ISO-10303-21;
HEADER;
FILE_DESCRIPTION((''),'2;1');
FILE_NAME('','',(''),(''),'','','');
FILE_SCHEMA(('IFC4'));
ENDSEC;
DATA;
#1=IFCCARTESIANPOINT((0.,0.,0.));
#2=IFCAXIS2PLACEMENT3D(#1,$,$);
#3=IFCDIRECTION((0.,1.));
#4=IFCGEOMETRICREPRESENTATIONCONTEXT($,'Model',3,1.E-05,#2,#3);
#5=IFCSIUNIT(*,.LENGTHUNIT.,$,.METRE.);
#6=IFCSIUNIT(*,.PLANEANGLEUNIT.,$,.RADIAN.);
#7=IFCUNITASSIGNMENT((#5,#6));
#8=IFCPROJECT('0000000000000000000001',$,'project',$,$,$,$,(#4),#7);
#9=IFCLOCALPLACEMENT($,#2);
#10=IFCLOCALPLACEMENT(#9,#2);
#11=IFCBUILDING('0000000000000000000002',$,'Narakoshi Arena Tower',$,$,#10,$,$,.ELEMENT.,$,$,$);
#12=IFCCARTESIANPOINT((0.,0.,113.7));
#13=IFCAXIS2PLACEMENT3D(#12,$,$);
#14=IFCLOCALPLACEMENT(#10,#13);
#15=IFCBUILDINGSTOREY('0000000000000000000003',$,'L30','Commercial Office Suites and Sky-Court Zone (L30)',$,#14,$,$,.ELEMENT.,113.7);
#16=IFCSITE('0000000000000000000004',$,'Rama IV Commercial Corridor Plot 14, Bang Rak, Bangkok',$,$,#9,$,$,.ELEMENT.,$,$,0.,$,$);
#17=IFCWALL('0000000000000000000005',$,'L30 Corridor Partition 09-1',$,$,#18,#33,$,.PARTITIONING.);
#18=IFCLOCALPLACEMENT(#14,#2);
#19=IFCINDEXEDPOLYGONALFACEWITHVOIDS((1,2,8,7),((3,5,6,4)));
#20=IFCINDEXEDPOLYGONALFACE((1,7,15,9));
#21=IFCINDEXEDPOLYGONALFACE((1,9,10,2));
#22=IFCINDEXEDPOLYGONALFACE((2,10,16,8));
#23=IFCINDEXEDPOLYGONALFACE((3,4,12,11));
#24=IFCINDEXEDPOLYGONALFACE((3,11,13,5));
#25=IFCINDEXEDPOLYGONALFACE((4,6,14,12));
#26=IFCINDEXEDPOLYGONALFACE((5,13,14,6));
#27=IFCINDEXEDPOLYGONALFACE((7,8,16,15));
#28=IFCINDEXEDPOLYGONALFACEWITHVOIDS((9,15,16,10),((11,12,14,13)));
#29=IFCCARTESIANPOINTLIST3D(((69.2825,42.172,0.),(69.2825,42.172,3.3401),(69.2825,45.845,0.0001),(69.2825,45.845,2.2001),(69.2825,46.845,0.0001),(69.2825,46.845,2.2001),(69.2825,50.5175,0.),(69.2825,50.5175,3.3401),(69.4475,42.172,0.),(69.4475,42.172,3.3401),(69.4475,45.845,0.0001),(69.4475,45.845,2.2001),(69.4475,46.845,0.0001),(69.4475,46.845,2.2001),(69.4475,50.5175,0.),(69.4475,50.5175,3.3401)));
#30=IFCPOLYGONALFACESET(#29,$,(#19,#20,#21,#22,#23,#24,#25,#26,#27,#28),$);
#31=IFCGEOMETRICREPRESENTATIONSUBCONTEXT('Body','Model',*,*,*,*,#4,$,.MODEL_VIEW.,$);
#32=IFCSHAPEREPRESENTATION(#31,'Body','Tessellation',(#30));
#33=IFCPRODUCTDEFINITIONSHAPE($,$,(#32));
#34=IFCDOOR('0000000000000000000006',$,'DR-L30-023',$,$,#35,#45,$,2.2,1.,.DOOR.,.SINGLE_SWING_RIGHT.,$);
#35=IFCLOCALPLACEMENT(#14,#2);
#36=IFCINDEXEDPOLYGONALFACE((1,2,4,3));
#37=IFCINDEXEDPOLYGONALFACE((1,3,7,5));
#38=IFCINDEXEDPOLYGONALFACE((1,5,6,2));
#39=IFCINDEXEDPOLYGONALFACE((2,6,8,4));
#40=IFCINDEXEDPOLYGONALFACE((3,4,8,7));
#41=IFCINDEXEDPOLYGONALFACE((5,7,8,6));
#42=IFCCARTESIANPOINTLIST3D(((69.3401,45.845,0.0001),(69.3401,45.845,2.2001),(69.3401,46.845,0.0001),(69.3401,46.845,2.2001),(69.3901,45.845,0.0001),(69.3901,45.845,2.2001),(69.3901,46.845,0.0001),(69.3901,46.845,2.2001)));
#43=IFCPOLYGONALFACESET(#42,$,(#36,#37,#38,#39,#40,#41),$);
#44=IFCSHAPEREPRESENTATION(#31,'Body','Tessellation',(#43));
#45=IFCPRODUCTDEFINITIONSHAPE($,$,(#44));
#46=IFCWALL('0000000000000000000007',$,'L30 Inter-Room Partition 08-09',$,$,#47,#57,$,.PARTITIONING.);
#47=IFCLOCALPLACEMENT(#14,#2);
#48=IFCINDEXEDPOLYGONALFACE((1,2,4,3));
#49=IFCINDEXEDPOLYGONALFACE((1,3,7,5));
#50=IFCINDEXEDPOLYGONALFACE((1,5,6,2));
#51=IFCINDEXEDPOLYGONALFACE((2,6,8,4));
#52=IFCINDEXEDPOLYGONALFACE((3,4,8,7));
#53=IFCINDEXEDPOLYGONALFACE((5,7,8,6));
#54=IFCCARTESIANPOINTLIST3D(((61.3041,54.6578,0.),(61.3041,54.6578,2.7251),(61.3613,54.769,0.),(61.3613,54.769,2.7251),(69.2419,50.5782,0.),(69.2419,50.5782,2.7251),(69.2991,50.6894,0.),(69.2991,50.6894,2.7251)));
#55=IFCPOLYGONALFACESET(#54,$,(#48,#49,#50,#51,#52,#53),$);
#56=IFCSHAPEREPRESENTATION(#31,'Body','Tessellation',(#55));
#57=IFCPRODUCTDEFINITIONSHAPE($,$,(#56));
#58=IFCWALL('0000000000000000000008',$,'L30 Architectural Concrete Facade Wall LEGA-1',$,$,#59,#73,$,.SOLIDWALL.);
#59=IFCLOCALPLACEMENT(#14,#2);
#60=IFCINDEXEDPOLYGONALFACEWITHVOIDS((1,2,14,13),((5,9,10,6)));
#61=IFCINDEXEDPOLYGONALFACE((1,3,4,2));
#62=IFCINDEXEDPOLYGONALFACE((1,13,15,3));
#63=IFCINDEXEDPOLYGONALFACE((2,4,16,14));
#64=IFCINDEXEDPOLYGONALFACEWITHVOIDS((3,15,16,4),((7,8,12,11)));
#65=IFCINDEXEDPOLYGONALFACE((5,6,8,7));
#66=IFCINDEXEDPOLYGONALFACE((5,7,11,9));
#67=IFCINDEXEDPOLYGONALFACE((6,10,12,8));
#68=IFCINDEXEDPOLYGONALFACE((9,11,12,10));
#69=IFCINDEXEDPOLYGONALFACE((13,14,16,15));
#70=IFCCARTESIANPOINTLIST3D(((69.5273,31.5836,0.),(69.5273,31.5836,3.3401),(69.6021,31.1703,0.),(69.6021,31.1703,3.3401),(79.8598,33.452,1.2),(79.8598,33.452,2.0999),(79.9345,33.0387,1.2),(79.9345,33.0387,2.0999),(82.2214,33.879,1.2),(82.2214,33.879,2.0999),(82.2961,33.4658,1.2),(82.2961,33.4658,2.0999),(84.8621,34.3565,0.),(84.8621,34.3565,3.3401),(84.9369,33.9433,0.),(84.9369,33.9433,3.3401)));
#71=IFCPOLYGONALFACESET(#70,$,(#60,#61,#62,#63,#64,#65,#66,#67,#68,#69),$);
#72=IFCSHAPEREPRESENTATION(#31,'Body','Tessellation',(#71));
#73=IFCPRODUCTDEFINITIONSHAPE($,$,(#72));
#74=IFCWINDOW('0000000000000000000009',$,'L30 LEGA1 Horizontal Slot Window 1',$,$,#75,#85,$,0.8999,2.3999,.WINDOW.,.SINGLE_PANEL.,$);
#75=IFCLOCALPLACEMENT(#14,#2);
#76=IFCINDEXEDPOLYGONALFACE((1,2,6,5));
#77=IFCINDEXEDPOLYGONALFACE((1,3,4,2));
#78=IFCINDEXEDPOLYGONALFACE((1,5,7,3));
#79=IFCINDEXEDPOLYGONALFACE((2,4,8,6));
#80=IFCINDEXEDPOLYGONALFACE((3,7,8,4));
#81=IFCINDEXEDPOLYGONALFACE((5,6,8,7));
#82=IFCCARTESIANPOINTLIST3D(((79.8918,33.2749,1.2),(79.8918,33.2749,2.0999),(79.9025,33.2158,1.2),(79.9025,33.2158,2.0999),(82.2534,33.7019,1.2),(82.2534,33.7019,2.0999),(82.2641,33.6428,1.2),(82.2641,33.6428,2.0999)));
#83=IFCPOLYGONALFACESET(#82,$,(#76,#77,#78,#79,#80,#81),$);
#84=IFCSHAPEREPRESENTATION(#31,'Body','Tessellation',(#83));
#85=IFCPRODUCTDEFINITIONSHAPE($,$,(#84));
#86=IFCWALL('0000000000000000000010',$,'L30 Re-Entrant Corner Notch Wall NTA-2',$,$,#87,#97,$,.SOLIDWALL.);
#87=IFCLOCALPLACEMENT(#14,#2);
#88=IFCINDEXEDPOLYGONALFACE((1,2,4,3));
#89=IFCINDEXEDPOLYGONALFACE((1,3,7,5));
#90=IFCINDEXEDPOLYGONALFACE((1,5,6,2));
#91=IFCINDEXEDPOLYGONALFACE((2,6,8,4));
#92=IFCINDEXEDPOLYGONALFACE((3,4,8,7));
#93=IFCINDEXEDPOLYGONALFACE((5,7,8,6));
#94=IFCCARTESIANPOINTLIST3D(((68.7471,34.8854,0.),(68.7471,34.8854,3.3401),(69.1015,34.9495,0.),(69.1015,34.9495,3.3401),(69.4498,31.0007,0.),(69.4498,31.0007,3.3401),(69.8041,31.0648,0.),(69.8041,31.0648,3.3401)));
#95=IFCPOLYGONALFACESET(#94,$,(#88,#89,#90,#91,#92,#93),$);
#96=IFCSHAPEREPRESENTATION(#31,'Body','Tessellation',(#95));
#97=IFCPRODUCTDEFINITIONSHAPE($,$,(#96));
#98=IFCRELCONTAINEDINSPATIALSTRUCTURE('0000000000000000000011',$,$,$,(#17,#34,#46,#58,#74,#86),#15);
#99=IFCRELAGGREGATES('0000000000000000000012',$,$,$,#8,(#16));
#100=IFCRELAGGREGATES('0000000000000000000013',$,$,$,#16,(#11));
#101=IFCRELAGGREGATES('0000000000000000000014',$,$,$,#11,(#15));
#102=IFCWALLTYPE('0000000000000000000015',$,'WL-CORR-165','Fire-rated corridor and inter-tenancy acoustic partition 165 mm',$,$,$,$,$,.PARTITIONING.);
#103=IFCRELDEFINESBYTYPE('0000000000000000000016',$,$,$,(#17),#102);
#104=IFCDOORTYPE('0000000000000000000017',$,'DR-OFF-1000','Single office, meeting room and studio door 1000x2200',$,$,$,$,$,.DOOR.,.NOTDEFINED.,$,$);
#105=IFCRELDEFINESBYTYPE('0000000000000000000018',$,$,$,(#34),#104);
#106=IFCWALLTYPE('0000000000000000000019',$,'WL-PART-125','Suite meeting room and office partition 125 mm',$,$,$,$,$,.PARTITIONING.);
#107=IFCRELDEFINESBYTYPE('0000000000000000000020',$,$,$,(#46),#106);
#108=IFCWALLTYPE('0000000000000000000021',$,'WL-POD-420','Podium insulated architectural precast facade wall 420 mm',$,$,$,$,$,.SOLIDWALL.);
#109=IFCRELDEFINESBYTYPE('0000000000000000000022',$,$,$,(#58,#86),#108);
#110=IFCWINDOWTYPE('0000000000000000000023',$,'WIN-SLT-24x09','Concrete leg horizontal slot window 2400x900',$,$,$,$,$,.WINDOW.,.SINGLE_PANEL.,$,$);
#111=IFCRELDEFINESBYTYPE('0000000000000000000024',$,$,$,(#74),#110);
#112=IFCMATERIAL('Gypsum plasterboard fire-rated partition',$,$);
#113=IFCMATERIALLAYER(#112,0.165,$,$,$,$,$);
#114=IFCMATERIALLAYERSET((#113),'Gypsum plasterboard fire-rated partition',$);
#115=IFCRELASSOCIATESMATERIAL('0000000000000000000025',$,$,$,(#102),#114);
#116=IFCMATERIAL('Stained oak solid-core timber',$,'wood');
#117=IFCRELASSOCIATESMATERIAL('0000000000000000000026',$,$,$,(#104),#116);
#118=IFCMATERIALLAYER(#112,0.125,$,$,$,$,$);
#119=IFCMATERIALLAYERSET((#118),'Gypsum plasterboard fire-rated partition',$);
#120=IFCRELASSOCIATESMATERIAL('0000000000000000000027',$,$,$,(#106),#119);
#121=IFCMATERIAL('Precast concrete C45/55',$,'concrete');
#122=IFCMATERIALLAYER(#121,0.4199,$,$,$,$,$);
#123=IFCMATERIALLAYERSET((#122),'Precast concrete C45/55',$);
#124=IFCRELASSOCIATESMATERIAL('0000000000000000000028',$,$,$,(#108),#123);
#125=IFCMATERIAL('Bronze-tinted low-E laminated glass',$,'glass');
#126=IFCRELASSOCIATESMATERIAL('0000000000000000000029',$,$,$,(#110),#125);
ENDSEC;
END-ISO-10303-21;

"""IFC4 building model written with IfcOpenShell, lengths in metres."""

from ifc_helpers import new_model, si_unit, direction, frame, frame_2d, origin, place, context, subcontext, project, spatial, rectangle, extrude, material, layer, layer_set, type_object, element, fill, save


model = new_model("IFC4")

# Units and contexts
model_context = context("Model", 3, precision=1e-05, world=origin(), true_north=direction((0.0, 1.0)))
body_context = subcontext(model_context, "Body", "Model", "MODEL_VIEW")
ifc_project = project(units=[si_unit("LENGTHUNIT", "METRE"), si_unit("PLANEANGLEUNIT", "RADIAN")], contexts=[model_context])

# Site, building, storey
site_placement = place(None, origin())
site = spatial("IfcSite", under=ifc_project, at=site_placement, Name="Rama IV Commercial Corridor Plot 14, Bang Rak, Bangkok", CompositionType="ELEMENT", RefElevation=0.0)
building_placement = place(site_placement, origin())
building = spatial("IfcBuilding", under=site, at=building_placement, Name="Narakoshi Arena Tower", CompositionType="ELEMENT")
storey_placement = place(building_placement, frame((0.0, 0.0, 113.7)))
storey = spatial("IfcBuildingStorey", under=building, at=storey_placement, Name="L30", Description="Commercial Office Suites and Sky-Court Zone (L30)", CompositionType="ELEMENT", Elevation=113.7)

# Shared definitions
ifc_material_1 = material(Name="Gypsum plasterboard fire-rated partition")
ifc_layer_1 = layer(ifc_material_1, 0.165)
ifc_layer_set_1 = layer_set([ifc_layer_1], Name="Gypsum plasterboard fire-rated partition")
wall_type_1 = type_object("IfcWallType", Name="WL-CORR-165", Description="Fire-rated corridor and inter-tenancy acoustic partition 165 mm", PredefinedType="PARTITIONING", material=ifc_layer_set_1)
ifc_material_2 = material(Name="Stained oak solid-core timber", Category="wood")
door_type_1 = type_object("IfcDoorType", Name="DR-OFF-1000", Description="Single office, meeting room and studio door 1000x2200", OperationType="NOTDEFINED", PredefinedType="DOOR", material=ifc_material_2)

# Wall, opening, door
wall_1_placement = place(storey_placement, frame((69.365, 50.5176, 0.0), z_axis=(0.0, 0.0, 1.0), x_axis=(0.0, -1.0, 0.0)))
wall_1 = element("IfcWall", 1, at=wall_1_placement, inside=storey, type_object=wall_type_1, Name="L30 Corridor Partition 09-1", PredefinedType="PARTITIONING", context=body_context, shape_type="SweptSolid", body=[
    extrude(rectangle(XDim=8.3455, YDim=0.165, at=frame_2d((4.1729, 0.0))), origin(), (0.0, 0.0, 1.0), 3.3401),
])
opening_1_placement = place(wall_1_placement, frame((3.6726, 0.0, 0.0)))
opening_1 = element("IfcOpeningElement", 2, at=opening_1_placement, cuts=wall_1, PredefinedType="OPENING", context=body_context, shape_type="SweptSolid", body=[
    extrude(rectangle(XDim=1.0, YDim=2.2, at=frame_2d((0.5, 1.1001))), frame((0.0, 0.0925, 0.0), z_axis=(0.0, -1.0, 0.0), x_axis=(1.0, 0.0, 0.0)), (0.0, 0.0, 1.0), 0.1851),
])
door_1_placement = place(opening_1_placement, frame((1.0, 0.0, 0.0), z_axis=(0.0, 0.0, 1.0), x_axis=(-1.0, 0.0, 0.0)))
door_1 = element("IfcDoor", 3, at=door_1_placement, inside=storey, type_object=door_type_1, Name="DR-L30-023", OperationType="SINGLE_SWING_RIGHT", OverallHeight=2.2, OverallWidth=1.0, PredefinedType="DOOR", context=body_context, shape_type="SweptSolid", body=[
    extrude(rectangle(XDim=1.0, YDim=2.2, at=frame_2d((0.5, 1.1001))), frame((0.0, 0.0249, 0.0), z_axis=(0.0, -1.0, 0.0), x_axis=(1.0, 0.0, 0.0)), (0.0, 0.0, 1.0), 0.05),
])
fill(opening_1, door_1)

# Wall
ifc_layer_2 = layer(ifc_material_1, 0.125)
ifc_layer_set_2 = layer_set([ifc_layer_2], Name="Gypsum plasterboard fire-rated partition")
wall_type_2 = type_object("IfcWallType", Name="WL-PART-125", Description="Suite meeting room and office partition 125 mm", PredefinedType="PARTITIONING", material=ifc_layer_set_2)
wall_2_placement = place(storey_placement, frame((69.2705, 50.6338, 0.0), z_axis=(0.0, 0.0, 1.0), x_axis=(-0.88941, 0.457111, 0.0)))
element("IfcWall", 4, at=wall_2_placement, inside=storey, type_object=wall_type_2, Name="L30 Inter-Room Partition 08-09", PredefinedType="PARTITIONING", context=body_context, shape_type="SweptSolid", body=[
    extrude(rectangle(XDim=8.9248, YDim=0.125, at=frame_2d((4.4624, 0.0))), origin(), (0.0, 0.0, 1.0), 2.7251),
])

# Wall, opening, window
ifc_material_3 = material(Name="Precast concrete C45/55", Category="concrete")
ifc_layer_3 = layer(ifc_material_3, 0.4199)
ifc_layer_set_3 = layer_set([ifc_layer_3], Name="Precast concrete C45/55")
wall_type_3 = type_object("IfcWallType", Name="WL-POD-420", Description="Podium insulated architectural precast facade wall 420 mm", PredefinedType="SOLIDWALL", material=ifc_layer_set_3)
wall_3_placement = place(storey_placement, frame((69.5647, 31.377, 0.0), z_axis=(0.0, 0.0, 1.0), x_axis=(0.984041, 0.177942, 0.0)))
wall_3 = element("IfcWall", 5, at=wall_3_placement, inside=storey, type_object=wall_type_3, Name="L30 Architectural Concrete Facade Wall LEGA-1", PredefinedType="SOLIDWALL", context=body_context, shape_type="SweptSolid", body=[
    extrude(rectangle(XDim=15.5835, YDim=0.4199, at=frame_2d((7.7917, 0.0))), origin(), (0.0, 0.0, 1.0), 3.3401),
])
opening_2_placement = place(wall_3_placement, frame((10.5, 0.0, 1.2)))
opening_2 = element("IfcOpeningElement", 6, at=opening_2_placement, cuts=wall_3, PredefinedType="OPENING", context=body_context, shape_type="SweptSolid", body=[
    extrude(rectangle(XDim=2.3999, YDim=0.8999, at=frame_2d((1.2, 0.45))), frame((0.0, 0.22, 0.0), z_axis=(0.0, -1.0, 0.0), x_axis=(1.0, 0.0, 0.0)), (0.0, 0.0, 1.0), 0.4399),
])
ifc_material_4 = material(Name="Bronze-tinted low-E laminated glass", Category="glass")
window_type = type_object("IfcWindowType", Name="WIN-SLT-24x09", Description="Concrete leg horizontal slot window 2400x900", PartitioningType="SINGLE_PANEL", PredefinedType="WINDOW", material=ifc_material_4)
window_placement = place(opening_2_placement, origin())
window = element("IfcWindow", 7, at=window_placement, inside=storey, type_object=window_type, Name="L30 LEGA1 Horizontal Slot Window 1", OverallHeight=0.8999, OverallWidth=2.3999, PartitioningType="SINGLE_PANEL", PredefinedType="WINDOW", context=body_context, shape_type="SweptSolid", body=[
    extrude(rectangle(XDim=2.3999, YDim=0.8999, at=frame_2d((1.2, 0.45))), frame((0.0, 0.03, 0.0), z_axis=(0.0, -1.0, 0.0), x_axis=(1.0, 0.0, 0.0)), (0.0, 0.0, 1.0), 0.0601),
])
fill(opening_2, window)

# Wall
wall_4_placement = place(storey_placement, frame((68.9243, 34.9175, 0.0), z_axis=(0.0, 0.0, 1.0), x_axis=(0.177982, -0.984034, 0.0)))
element("IfcWall", 8, at=wall_4_placement, inside=storey, type_object=wall_type_3, Name="L30 Re-Entrant Corner Notch Wall NTA-2", PredefinedType="SOLIDWALL", context=body_context, shape_type="SweptSolid", body=[
    extrude(rectangle(XDim=3.9478, YDim=0.3601, at=frame_2d((1.9739, 0.0))), origin(), (0.0, 0.0, 1.0), 3.3401),
])

save(model, "model.ifc")
